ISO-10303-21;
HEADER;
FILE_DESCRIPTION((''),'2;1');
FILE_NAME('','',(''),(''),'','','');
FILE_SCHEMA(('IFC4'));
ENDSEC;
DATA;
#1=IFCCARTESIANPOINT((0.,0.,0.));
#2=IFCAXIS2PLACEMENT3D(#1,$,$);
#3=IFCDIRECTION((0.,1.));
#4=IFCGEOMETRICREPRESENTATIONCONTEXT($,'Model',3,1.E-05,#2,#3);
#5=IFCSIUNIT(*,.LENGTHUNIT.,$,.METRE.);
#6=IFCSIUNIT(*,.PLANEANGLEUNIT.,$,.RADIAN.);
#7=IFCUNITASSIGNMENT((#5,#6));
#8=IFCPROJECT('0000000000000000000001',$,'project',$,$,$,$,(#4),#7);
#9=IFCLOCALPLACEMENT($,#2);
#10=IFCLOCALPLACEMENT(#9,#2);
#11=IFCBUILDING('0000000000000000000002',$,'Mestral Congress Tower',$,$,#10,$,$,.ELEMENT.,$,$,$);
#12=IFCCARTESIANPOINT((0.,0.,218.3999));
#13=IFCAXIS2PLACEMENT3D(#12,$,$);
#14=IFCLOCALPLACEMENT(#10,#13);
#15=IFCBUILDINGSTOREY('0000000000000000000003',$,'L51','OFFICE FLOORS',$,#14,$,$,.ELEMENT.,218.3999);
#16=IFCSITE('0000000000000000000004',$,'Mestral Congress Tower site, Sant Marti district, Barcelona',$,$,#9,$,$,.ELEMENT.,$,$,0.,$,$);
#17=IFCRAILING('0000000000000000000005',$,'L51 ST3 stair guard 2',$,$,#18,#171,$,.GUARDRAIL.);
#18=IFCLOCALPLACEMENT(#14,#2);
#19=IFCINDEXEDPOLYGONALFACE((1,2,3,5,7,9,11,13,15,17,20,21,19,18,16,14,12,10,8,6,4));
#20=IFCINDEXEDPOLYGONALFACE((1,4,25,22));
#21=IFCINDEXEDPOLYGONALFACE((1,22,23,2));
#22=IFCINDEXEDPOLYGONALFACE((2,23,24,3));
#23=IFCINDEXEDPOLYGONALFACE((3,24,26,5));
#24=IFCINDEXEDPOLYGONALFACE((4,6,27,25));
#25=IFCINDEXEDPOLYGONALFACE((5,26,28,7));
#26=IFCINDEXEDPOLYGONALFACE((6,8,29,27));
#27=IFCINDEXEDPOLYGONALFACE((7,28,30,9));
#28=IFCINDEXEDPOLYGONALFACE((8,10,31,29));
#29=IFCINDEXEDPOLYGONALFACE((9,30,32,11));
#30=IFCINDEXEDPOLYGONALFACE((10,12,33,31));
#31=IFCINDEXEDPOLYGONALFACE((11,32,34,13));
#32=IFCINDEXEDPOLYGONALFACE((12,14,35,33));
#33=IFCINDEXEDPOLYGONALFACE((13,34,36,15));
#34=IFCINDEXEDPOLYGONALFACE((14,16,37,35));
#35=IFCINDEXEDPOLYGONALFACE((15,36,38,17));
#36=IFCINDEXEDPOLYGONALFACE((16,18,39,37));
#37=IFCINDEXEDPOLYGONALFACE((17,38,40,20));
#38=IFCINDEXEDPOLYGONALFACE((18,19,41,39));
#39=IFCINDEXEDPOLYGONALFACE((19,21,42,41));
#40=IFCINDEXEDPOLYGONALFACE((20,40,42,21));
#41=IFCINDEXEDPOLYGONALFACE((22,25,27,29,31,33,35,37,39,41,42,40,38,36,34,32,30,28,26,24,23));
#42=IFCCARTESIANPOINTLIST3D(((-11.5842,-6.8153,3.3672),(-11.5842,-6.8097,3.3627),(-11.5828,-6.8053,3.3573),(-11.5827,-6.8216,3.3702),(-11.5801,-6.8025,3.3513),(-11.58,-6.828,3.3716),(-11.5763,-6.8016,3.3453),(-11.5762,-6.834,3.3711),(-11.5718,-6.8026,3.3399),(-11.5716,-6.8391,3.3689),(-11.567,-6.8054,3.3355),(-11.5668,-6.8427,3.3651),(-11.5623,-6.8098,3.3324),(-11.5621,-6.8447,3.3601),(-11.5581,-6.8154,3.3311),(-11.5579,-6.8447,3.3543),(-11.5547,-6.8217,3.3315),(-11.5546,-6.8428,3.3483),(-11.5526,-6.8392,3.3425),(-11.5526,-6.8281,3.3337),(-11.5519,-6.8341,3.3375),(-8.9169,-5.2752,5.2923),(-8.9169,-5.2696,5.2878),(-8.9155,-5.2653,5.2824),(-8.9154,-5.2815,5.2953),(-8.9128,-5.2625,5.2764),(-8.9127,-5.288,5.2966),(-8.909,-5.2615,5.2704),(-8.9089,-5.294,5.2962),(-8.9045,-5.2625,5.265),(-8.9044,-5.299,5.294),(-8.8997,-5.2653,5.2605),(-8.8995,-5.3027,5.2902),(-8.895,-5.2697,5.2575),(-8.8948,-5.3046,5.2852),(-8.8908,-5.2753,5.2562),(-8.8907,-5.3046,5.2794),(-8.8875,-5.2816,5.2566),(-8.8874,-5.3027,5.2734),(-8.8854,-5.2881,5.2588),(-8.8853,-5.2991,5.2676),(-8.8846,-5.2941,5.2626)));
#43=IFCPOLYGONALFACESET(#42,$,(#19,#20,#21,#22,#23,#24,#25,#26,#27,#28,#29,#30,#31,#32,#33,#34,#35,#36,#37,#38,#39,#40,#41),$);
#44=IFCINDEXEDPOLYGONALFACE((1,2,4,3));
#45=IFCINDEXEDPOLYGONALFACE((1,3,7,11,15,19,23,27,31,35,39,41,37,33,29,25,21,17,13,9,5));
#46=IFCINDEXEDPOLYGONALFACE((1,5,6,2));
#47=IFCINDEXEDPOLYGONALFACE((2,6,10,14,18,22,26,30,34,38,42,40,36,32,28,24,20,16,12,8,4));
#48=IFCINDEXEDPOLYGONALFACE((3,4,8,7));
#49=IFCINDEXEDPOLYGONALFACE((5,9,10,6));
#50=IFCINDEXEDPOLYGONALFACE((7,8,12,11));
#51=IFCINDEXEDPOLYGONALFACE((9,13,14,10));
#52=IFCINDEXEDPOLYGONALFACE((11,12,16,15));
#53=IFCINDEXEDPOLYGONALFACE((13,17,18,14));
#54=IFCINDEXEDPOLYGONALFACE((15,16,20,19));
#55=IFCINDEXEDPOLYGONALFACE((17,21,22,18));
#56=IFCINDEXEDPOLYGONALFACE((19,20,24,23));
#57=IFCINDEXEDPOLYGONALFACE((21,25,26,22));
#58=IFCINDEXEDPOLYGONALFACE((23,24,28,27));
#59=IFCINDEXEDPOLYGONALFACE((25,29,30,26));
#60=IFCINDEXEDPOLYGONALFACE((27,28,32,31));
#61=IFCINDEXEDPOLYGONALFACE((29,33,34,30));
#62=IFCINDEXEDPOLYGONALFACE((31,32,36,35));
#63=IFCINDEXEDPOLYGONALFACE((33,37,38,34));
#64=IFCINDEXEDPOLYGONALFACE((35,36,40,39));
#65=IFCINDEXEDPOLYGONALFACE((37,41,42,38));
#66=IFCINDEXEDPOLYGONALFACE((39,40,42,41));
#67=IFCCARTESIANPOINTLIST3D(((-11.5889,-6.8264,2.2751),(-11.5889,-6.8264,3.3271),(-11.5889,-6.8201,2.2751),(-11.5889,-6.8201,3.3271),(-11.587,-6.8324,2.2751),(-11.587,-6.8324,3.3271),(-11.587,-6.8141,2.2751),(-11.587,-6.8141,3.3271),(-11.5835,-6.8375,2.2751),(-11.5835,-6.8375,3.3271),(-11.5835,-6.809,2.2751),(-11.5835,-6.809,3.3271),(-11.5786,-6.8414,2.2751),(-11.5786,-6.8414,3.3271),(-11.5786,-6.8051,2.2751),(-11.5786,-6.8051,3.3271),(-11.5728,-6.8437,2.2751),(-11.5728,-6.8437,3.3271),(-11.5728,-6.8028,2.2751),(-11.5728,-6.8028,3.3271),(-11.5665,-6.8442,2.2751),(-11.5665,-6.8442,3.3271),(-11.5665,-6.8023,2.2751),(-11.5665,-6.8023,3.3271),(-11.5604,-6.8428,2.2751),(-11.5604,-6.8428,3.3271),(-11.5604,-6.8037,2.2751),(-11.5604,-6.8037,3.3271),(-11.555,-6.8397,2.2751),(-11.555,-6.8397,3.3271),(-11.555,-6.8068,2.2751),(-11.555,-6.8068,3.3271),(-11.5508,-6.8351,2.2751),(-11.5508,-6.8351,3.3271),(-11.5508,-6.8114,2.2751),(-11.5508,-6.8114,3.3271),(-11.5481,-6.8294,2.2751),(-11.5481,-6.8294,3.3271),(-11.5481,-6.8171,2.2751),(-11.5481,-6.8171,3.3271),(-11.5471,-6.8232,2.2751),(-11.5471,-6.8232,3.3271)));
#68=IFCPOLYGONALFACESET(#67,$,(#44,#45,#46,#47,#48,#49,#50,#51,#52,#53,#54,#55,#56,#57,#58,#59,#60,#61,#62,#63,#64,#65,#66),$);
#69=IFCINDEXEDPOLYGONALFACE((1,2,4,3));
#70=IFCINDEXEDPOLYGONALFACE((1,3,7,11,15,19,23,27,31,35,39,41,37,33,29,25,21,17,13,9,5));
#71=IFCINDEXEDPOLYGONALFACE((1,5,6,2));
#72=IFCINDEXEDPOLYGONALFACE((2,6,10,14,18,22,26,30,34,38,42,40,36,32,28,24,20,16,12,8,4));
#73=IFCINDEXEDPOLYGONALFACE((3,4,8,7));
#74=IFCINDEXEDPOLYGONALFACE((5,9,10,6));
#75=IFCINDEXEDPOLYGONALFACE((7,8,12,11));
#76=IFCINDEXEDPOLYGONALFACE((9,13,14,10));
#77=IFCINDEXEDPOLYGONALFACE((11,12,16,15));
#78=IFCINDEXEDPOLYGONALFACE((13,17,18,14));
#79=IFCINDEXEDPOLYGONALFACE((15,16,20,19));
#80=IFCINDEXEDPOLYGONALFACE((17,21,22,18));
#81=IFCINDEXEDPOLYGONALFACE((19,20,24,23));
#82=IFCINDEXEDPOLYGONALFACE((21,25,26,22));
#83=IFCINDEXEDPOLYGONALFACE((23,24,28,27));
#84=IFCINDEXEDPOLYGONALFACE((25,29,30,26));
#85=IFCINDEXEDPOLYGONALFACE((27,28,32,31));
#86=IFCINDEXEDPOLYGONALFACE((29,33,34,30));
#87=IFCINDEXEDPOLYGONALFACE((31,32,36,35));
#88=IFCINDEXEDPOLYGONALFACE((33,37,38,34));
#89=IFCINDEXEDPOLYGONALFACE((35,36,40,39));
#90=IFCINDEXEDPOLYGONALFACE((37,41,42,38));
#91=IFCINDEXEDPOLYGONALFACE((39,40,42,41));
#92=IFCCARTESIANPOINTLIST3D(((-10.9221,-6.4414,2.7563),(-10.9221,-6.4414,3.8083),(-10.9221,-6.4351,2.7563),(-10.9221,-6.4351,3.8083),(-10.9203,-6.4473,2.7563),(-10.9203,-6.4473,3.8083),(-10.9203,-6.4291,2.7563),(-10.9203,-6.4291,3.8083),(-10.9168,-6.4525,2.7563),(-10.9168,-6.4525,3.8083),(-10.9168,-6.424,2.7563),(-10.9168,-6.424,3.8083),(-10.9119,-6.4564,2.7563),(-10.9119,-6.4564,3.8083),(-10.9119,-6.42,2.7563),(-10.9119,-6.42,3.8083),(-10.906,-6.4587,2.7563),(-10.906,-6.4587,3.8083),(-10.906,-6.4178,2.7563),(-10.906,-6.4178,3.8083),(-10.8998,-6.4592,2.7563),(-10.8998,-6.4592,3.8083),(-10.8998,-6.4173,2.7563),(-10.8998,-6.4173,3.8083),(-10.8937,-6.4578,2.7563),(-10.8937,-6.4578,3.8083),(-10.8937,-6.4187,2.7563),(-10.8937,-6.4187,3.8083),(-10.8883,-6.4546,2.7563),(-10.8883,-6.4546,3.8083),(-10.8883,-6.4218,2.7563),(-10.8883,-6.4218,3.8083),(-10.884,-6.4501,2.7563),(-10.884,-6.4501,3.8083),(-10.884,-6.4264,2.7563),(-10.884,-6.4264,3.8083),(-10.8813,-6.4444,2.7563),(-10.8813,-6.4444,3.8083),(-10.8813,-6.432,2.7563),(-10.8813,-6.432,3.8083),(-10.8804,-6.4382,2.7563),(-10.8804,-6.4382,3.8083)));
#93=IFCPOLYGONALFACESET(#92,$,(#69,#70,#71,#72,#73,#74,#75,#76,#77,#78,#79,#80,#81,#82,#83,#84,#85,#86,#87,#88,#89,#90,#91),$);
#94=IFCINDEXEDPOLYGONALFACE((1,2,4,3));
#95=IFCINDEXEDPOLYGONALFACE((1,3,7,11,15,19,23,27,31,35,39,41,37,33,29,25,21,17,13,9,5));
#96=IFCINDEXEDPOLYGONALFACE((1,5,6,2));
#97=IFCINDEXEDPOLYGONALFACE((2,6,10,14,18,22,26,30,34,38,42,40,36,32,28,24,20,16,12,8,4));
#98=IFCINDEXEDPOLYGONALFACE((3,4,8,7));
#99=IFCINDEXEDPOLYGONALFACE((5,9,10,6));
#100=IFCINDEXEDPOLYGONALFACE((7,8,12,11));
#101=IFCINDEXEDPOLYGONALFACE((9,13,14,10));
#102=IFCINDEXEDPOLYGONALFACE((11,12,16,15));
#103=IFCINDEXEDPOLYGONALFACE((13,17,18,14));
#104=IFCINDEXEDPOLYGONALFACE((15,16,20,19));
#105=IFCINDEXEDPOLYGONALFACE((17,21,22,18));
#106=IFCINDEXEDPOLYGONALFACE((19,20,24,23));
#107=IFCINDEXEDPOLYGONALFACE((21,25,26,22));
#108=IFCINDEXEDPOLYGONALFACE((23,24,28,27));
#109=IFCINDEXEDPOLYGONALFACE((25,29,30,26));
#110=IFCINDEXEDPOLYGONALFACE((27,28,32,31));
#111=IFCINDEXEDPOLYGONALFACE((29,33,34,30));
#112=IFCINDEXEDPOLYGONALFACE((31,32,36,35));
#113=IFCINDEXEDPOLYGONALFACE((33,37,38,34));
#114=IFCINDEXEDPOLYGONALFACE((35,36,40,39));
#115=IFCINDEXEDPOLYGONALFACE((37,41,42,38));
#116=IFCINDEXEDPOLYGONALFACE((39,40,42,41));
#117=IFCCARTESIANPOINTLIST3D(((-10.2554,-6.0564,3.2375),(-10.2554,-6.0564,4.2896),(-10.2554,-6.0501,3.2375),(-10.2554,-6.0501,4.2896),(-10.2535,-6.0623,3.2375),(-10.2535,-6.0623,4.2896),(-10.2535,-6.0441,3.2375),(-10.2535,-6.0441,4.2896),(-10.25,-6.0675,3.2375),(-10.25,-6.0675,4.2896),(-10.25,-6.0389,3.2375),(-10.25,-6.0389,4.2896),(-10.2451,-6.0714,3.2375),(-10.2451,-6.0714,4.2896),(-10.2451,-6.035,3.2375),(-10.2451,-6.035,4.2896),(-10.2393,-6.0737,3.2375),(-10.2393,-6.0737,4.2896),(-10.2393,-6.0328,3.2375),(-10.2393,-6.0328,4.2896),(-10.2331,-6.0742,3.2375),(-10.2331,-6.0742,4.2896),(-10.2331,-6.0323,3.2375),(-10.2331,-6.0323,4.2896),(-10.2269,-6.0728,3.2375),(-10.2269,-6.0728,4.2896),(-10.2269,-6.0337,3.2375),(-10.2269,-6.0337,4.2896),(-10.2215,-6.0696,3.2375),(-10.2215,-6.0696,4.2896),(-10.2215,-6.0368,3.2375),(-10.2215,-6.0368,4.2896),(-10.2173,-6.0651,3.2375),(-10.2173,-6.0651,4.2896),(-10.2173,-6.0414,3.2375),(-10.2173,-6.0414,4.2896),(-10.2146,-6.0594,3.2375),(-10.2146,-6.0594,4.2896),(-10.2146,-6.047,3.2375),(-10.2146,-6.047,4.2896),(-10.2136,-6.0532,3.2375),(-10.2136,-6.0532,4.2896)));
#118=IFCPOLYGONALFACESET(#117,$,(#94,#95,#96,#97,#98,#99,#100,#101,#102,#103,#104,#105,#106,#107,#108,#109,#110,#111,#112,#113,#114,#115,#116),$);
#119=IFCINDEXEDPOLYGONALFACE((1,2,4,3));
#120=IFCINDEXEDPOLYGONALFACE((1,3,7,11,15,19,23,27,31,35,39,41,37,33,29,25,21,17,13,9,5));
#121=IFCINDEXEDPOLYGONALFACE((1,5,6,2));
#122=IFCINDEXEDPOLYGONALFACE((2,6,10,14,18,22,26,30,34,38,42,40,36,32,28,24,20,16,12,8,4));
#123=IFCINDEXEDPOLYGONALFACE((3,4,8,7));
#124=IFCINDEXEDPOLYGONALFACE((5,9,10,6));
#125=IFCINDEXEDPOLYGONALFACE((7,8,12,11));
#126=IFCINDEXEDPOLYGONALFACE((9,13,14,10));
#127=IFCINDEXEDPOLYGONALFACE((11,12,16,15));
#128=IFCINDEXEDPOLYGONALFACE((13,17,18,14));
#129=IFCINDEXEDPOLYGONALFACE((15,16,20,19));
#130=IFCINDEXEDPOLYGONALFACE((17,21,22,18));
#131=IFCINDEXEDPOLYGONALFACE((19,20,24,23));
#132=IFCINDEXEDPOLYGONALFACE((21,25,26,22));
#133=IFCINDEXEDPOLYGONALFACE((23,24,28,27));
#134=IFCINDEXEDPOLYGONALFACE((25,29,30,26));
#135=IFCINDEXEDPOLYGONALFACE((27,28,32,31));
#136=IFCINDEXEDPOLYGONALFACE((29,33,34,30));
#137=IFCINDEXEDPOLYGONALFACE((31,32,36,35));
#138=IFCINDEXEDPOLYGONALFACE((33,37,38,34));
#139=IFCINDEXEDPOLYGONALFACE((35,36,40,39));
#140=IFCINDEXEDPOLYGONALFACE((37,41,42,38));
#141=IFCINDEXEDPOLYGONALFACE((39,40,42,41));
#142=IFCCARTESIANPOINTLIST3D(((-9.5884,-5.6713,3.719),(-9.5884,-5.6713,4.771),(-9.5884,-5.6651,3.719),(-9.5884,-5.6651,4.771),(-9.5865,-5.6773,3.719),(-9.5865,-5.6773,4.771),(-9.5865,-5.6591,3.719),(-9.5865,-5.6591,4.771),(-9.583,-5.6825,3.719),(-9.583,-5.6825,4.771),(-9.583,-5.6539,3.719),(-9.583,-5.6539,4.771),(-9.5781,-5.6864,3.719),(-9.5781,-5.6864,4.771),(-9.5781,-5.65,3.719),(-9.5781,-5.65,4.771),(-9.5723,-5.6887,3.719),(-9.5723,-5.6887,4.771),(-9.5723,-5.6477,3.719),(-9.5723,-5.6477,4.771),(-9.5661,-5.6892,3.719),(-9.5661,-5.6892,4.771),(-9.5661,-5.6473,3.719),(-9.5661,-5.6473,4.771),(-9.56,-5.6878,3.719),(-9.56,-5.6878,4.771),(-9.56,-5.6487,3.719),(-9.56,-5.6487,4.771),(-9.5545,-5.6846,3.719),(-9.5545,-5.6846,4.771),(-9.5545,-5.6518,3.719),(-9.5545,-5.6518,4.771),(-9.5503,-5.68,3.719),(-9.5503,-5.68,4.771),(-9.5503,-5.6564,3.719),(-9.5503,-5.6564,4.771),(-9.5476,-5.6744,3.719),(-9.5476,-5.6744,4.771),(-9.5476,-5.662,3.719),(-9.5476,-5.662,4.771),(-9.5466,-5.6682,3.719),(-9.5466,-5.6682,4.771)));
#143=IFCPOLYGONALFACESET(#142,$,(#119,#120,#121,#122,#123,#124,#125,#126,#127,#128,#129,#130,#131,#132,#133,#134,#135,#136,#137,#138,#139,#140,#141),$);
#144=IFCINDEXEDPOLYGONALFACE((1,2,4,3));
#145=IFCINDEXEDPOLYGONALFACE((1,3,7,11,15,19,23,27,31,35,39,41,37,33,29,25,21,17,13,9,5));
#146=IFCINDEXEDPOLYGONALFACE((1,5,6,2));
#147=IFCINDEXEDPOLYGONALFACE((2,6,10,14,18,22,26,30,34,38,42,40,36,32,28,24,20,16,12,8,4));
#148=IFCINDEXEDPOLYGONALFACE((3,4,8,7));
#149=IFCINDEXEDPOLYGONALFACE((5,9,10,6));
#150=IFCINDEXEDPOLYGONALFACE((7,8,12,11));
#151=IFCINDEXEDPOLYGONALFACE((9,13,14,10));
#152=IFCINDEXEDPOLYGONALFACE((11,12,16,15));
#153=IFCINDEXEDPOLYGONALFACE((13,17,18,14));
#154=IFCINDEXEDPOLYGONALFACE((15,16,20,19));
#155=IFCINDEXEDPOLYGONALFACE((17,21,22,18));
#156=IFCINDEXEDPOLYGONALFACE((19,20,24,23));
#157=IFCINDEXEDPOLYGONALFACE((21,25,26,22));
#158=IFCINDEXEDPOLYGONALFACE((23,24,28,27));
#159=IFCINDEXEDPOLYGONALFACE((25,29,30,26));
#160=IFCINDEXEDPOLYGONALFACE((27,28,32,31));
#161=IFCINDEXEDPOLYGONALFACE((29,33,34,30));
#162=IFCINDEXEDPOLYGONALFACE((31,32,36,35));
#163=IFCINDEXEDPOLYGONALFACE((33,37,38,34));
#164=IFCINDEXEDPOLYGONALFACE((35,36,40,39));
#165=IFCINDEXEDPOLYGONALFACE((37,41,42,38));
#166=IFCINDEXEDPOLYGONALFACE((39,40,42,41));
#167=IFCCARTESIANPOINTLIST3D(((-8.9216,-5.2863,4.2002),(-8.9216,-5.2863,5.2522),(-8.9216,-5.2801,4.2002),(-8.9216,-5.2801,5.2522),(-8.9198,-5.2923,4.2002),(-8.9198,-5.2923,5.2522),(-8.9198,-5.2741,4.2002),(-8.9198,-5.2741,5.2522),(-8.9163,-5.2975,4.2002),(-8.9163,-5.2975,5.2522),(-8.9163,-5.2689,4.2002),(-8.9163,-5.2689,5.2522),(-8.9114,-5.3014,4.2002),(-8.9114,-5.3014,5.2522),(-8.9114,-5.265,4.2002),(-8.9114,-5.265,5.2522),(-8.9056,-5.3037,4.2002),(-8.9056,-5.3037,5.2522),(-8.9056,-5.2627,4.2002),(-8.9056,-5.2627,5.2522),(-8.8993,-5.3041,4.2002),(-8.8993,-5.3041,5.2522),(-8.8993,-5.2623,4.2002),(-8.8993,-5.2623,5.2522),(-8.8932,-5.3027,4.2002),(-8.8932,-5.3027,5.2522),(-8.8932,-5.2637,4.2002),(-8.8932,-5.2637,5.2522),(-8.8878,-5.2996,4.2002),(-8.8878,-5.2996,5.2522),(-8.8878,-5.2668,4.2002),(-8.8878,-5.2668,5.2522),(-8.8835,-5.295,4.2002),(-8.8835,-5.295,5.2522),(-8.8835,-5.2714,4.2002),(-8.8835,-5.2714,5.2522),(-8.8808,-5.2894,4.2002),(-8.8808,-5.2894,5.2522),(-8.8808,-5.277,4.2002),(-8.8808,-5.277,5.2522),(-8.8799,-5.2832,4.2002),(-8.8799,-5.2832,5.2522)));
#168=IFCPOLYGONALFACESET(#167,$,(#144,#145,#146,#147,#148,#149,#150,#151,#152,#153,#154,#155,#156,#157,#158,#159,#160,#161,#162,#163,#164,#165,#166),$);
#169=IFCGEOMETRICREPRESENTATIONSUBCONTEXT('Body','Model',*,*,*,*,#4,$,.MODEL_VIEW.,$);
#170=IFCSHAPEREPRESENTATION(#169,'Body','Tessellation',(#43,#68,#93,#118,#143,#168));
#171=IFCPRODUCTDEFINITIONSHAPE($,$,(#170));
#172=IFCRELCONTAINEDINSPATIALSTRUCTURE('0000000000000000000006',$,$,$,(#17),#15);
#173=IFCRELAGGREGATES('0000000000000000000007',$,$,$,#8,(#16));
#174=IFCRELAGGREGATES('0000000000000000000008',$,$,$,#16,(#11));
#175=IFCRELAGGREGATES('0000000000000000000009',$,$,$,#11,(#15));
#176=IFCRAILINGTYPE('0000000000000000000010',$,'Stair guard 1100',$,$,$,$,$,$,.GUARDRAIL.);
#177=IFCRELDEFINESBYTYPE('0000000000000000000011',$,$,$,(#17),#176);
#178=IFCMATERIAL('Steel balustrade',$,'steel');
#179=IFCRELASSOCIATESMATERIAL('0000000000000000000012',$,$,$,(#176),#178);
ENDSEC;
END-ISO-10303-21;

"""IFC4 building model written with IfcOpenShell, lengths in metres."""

from ifc_helpers import new_model, si_unit, direction, frame, origin, origin_2d, place, context, subcontext, project, spatial, circle, extrude, material, type_object, element, save


model = new_model("IFC4")

# Units and contexts
model_context = context("Model", 3, precision=1e-05, world=origin(), true_north=direction((0.0, 1.0)))
body_context = subcontext(model_context, "Body", "Model", "MODEL_VIEW")
ifc_project = project(units=[si_unit("LENGTHUNIT", "METRE"), si_unit("PLANEANGLEUNIT", "RADIAN")], contexts=[model_context])

# Site, building, storey
site_placement = place(None, origin())
site = spatial("IfcSite", under=ifc_project, at=site_placement, Name="Mestral Congress Tower site, Sant Marti district, Barcelona", CompositionType="ELEMENT", RefElevation=0.0)
building_placement = place(site_placement, origin())
building = spatial("IfcBuilding", under=site, at=building_placement, Name="Mestral Congress Tower", CompositionType="ELEMENT")
storey_placement = place(building_placement, frame((0.0, 0.0, 218.3999)))
storey = spatial("IfcBuildingStorey", under=building, at=storey_placement, Name="L51", Description="OFFICE FLOORS", CompositionType="ELEMENT", Elevation=218.3999)

# Railing
ifc_material_1 = material(Name="Steel balustrade", Category="steel")
railing_type_1 = type_object("IfcRailingType", Name="Stair guard 1100", PredefinedType="GUARDRAIL", material=ifc_material_1)
railing_1_placement = place(storey_placement, frame((-11.5681, -6.8232, 2.2751)))
element("IfcRailing", 1, at=railing_1_placement, inside=storey, type_object=railing_type_1, Name="L51 ST3 stair guard 2", PredefinedType="GUARDRAIL", context=body_context, shape_type="SweptSolid", body=[
    extrude(circle(Radius=0.0239, at=origin_2d()), frame((0.0, 0.0, 1.0762), z_axis=(0.734364, 0.424015, 0.530019), x_axis=(-0.500027, 0.86601, 0.0)), (0.0, 0.0, 1.0), 3.6321),
    extrude(circle(Radius=0.021, at=origin_2d()), origin(), (0.0, 0.0, 1.0), 1.052),
    extrude(circle(Radius=0.021, at=origin_2d()), frame((0.6667, 0.385, 0.4812)), (0.0, 0.0, 1.0), 1.052),
    extrude(circle(Radius=0.021, at=origin_2d()), frame((1.3335, 0.77, 0.9624)), (0.0, 0.0, 1.0), 1.052),
    extrude(circle(Radius=0.021, at=origin_2d()), frame((2.0005, 1.155, 1.4438)), (0.0, 0.0, 1.0), 1.052),
    extrude(circle(Radius=0.021, at=origin_2d()), frame((2.6672, 1.54, 1.925)), (0.0, 0.0, 1.0), 1.052),
])

save(model, "model.ifc")
